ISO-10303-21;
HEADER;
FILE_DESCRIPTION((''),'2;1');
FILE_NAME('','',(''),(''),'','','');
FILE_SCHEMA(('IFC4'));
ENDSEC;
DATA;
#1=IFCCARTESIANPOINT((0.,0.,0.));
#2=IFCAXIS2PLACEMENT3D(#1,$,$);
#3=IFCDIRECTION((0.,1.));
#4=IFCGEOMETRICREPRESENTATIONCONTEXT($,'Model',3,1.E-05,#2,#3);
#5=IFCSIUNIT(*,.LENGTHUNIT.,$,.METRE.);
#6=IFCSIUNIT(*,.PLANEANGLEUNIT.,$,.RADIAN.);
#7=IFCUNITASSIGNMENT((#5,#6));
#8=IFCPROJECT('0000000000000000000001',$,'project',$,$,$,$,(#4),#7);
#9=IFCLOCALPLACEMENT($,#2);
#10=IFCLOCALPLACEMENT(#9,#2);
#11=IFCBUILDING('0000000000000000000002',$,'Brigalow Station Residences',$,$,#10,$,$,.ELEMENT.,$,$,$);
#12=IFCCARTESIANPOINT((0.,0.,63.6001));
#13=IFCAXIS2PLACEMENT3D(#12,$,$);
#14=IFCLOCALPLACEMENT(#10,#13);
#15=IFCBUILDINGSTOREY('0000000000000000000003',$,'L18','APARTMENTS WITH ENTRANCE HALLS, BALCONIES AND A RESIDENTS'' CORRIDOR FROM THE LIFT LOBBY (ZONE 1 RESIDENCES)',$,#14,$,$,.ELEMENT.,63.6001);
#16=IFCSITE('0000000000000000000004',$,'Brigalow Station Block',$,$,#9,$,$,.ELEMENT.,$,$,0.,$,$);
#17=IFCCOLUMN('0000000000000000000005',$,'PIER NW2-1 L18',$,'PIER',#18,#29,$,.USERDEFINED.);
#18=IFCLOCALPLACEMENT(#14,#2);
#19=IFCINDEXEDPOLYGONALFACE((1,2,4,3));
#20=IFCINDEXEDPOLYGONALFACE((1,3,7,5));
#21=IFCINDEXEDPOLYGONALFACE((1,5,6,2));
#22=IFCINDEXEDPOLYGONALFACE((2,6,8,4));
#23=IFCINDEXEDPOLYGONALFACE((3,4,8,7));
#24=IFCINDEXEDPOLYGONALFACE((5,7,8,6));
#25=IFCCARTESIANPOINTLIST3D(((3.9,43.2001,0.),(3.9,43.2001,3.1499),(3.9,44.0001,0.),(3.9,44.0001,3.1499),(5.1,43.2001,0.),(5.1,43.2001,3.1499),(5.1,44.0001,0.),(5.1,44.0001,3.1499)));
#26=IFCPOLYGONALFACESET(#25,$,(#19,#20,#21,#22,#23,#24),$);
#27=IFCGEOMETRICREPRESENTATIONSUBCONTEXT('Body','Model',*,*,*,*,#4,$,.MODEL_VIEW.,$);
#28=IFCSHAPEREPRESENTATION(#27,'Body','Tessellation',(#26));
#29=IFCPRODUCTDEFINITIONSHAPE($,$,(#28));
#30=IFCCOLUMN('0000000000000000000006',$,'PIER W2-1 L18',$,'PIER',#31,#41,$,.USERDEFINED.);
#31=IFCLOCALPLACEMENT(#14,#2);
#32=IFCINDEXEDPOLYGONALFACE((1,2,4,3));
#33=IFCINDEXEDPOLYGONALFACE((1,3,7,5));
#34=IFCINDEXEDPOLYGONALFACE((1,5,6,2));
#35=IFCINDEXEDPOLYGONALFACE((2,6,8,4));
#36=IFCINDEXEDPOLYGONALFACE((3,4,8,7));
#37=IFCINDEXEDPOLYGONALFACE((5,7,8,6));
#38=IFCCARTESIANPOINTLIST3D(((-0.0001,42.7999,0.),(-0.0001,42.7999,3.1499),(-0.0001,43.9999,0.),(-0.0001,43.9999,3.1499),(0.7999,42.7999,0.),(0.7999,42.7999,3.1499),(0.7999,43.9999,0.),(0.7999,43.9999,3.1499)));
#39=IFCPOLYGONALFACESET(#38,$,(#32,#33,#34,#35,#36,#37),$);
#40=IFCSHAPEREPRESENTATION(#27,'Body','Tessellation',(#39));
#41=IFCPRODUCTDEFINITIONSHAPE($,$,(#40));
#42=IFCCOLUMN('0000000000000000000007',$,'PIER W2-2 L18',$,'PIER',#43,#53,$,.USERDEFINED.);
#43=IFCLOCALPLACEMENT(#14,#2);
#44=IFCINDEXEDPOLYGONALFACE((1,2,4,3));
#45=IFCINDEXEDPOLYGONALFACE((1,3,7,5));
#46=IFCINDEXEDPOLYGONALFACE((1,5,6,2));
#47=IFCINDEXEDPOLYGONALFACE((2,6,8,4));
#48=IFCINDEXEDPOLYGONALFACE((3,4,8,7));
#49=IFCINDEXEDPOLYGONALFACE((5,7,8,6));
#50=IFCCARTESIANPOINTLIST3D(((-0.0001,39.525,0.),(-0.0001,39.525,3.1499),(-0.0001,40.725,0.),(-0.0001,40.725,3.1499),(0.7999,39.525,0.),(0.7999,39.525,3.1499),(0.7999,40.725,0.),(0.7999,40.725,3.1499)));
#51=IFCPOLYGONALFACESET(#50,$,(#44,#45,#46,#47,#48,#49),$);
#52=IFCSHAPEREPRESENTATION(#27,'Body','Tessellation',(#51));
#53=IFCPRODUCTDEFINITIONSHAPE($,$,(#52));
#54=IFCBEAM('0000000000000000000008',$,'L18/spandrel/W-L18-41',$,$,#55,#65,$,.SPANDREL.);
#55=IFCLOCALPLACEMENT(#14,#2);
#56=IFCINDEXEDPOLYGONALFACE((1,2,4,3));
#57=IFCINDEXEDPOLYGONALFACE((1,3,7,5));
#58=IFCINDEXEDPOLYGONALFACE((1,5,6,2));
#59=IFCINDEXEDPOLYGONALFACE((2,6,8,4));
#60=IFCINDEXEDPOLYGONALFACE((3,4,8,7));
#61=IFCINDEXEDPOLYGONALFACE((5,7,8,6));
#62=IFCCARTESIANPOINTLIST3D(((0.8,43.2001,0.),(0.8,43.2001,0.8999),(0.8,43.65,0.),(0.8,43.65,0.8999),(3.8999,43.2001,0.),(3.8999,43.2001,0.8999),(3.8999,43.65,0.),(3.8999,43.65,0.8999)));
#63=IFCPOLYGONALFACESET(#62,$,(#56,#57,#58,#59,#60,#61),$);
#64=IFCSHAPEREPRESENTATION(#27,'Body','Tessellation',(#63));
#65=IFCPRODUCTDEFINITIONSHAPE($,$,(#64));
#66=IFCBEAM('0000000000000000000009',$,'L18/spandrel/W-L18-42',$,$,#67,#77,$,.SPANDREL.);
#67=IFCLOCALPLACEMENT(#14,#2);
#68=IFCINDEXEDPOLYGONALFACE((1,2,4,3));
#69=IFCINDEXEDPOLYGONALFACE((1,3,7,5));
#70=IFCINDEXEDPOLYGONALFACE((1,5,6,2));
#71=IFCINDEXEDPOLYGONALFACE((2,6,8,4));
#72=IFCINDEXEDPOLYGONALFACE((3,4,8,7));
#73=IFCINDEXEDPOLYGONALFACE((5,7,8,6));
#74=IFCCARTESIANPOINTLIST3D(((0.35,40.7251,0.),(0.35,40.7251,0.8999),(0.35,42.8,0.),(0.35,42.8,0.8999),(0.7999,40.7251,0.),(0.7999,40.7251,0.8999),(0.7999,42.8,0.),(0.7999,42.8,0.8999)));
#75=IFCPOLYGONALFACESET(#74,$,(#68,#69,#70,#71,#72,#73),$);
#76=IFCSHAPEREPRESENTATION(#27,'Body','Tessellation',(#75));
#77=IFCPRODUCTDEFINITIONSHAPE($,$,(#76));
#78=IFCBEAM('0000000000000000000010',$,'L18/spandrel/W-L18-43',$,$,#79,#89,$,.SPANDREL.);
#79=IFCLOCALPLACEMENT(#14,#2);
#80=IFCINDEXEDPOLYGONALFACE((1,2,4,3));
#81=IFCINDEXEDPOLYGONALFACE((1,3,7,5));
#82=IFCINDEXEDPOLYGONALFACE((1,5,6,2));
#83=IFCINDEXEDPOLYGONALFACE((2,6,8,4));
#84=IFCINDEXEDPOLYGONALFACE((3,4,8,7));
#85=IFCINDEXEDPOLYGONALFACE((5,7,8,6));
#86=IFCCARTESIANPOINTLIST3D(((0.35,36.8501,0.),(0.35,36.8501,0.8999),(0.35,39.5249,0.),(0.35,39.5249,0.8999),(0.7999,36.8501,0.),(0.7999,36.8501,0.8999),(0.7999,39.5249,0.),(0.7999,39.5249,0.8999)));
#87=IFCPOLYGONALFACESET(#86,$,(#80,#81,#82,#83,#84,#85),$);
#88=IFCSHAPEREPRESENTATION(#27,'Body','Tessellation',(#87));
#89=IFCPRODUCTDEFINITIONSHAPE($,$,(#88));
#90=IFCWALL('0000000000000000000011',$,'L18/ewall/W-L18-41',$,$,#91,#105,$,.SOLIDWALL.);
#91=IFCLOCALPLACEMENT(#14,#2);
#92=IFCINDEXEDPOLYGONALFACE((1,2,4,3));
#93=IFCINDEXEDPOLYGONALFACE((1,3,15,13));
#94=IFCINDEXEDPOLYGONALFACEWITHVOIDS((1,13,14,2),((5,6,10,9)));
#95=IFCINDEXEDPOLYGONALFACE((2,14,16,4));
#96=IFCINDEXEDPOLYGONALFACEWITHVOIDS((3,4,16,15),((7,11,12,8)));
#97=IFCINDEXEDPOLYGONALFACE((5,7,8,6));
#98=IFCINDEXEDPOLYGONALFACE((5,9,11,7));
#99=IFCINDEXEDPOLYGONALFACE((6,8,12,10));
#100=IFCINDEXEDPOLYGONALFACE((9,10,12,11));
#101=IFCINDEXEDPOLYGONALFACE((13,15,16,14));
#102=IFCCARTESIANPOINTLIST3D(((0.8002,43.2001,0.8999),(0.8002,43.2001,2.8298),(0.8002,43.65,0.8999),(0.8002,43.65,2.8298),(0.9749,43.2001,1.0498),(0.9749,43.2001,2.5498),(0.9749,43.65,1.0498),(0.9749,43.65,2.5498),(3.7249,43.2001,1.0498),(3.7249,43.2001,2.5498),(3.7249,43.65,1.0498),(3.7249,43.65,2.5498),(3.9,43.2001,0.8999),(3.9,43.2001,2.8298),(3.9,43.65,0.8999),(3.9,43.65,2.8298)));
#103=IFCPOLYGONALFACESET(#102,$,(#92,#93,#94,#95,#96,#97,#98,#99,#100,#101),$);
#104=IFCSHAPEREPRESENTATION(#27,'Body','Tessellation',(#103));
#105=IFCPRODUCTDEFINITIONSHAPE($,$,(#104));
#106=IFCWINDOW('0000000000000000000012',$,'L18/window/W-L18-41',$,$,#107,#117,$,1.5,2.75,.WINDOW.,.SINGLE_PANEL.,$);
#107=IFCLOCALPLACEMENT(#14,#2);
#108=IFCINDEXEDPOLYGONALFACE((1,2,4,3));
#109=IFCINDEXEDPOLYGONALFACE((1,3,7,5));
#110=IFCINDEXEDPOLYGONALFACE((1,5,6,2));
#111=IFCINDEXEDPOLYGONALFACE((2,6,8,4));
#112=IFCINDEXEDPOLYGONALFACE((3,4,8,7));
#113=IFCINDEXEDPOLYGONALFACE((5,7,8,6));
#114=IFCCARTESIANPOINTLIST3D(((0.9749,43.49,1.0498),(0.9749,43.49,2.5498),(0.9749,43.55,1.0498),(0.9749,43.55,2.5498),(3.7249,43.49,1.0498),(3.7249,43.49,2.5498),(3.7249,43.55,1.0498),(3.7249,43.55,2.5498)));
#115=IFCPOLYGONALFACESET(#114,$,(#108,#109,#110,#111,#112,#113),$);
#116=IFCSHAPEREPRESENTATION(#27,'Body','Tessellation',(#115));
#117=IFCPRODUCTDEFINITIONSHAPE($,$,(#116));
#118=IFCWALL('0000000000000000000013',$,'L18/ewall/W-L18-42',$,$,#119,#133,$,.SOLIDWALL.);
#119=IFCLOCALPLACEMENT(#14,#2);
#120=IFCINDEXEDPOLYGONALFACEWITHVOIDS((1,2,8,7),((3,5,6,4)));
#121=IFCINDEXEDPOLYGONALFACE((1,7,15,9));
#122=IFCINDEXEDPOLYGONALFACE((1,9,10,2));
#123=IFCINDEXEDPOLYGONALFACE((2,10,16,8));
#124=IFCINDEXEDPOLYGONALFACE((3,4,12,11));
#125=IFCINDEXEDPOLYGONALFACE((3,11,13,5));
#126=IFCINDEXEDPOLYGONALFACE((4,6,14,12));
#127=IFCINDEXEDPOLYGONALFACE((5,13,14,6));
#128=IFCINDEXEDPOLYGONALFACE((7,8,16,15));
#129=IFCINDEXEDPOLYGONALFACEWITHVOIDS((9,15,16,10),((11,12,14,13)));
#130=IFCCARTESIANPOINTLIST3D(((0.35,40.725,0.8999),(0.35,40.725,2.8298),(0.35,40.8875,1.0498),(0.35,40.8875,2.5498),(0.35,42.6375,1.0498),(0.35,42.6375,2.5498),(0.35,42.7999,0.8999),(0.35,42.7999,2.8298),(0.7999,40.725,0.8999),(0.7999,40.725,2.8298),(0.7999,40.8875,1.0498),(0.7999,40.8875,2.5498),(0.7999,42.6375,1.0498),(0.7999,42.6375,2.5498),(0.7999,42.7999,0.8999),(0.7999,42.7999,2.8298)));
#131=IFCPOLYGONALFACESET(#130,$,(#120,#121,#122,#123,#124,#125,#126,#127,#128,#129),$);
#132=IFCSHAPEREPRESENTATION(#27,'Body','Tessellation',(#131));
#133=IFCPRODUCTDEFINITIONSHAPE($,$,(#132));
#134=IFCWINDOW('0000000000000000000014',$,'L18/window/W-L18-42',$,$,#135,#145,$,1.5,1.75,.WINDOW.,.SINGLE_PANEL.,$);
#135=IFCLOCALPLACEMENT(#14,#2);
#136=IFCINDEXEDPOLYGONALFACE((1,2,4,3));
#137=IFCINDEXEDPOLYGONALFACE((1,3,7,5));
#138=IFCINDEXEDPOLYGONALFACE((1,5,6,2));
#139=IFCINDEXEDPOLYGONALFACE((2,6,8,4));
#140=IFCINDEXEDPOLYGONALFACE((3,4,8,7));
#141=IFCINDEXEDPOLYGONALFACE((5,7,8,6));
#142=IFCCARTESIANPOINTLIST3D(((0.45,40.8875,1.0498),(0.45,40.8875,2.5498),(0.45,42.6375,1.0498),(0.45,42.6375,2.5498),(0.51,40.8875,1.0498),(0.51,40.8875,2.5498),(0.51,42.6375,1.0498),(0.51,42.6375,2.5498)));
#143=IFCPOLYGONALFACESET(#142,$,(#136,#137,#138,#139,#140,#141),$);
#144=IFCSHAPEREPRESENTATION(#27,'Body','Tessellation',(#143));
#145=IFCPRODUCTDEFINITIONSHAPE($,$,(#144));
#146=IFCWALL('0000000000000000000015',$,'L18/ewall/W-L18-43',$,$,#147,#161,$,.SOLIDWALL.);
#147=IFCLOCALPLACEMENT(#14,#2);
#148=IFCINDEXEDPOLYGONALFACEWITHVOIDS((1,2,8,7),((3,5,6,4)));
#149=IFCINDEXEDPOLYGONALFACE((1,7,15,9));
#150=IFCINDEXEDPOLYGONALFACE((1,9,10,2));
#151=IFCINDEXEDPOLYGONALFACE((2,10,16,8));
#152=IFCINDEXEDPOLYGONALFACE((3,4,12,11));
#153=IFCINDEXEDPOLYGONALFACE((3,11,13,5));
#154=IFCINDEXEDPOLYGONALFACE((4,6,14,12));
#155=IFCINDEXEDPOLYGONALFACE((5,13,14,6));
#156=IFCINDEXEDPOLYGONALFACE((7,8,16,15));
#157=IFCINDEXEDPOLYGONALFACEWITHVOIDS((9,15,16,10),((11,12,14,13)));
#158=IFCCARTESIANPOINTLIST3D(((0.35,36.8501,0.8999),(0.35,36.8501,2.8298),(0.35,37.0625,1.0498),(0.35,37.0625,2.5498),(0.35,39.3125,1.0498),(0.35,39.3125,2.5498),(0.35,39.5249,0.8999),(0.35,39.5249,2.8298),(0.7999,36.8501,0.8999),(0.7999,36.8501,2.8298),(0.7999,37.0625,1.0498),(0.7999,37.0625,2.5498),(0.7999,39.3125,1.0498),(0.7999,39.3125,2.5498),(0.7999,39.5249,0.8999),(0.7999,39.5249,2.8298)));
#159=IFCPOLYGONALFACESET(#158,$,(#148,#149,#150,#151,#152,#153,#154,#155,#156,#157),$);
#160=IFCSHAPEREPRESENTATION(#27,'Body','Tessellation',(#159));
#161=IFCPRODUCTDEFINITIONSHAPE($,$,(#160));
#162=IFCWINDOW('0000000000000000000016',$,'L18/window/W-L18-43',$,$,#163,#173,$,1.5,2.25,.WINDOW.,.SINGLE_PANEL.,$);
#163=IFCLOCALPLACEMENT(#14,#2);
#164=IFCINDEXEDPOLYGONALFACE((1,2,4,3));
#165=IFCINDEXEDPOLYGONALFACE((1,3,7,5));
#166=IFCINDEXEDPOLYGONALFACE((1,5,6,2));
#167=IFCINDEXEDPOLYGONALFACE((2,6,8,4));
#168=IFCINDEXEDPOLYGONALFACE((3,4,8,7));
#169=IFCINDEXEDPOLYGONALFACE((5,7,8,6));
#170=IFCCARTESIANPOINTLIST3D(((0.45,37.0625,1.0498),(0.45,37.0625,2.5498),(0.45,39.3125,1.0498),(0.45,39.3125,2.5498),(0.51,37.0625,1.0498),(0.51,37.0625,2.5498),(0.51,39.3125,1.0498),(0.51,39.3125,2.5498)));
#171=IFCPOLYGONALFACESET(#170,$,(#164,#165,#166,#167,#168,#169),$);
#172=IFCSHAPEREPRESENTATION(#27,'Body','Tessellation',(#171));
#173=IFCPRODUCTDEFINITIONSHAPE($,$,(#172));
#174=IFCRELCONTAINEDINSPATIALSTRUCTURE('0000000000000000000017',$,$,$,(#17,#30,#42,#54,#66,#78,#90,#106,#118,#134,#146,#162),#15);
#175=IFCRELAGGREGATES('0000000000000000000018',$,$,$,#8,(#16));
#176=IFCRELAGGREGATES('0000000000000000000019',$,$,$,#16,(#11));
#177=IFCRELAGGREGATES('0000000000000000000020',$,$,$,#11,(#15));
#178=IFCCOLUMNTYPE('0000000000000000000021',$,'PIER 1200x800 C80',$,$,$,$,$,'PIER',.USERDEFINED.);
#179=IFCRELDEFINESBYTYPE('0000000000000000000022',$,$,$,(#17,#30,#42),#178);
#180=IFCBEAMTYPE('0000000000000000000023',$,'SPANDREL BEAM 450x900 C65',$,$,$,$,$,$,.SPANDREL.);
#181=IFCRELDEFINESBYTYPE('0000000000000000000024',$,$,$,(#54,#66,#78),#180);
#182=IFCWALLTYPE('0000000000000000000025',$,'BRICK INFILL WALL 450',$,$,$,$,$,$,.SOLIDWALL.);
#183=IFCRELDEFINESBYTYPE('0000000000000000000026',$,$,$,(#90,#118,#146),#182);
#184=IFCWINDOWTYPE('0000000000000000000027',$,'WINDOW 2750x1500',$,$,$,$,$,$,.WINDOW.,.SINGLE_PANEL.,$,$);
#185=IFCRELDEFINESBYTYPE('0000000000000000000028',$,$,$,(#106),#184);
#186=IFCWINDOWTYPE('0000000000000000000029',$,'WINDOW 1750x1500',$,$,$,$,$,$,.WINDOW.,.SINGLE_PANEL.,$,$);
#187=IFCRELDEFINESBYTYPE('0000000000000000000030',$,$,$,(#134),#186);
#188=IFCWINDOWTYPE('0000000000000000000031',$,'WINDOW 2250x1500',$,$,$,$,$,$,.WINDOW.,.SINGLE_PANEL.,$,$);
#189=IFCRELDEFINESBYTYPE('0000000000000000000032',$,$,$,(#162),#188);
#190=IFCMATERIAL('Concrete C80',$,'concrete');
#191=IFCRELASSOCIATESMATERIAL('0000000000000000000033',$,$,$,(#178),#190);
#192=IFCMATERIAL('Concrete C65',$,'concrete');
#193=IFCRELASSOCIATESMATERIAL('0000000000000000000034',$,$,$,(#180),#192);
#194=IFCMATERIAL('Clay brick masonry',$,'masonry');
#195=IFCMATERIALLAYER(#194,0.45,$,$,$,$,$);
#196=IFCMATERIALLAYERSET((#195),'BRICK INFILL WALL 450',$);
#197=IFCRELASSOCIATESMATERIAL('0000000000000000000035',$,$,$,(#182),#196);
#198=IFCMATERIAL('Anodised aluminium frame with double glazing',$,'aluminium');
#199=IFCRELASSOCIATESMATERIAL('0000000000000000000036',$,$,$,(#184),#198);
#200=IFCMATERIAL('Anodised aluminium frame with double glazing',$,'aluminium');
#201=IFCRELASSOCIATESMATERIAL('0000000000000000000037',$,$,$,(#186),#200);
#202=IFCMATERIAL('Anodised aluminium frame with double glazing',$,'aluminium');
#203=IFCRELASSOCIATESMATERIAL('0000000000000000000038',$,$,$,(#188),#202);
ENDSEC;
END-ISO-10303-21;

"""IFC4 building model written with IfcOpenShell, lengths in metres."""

from ifc_helpers import new_model, si_unit, direction, frame, frame_2d, origin, origin_2d, place, context, subcontext, project, spatial, rectangle, extrude, material, layer, layer_set, material_profile, profile_set, type_object, element, fill, save


model = new_model("IFC4")

# Units and contexts
model_context = context("Model", 3, precision=1e-05, world=origin(), true_north=direction((0.0, 1.0)))
body_context = subcontext(model_context, "Body", "Model", "MODEL_VIEW")
ifc_project = project(units=[si_unit("LENGTHUNIT", "METRE"), si_unit("PLANEANGLEUNIT", "RADIAN")], contexts=[model_context])

# Site, building, storey
site_placement = place(None, origin())
site = spatial("IfcSite", under=ifc_project, at=site_placement, Name="Brigalow Station Block", CompositionType="ELEMENT", RefElevation=0.0)
building_placement = place(site_placement, origin())
building = spatial("IfcBuilding", under=site, at=building_placement, Name="Brigalow Station Residences", CompositionType="ELEMENT")
storey_placement = place(building_placement, frame((0.0, 0.0, 63.6001)))
storey = spatial("IfcBuildingStorey", under=building, at=storey_placement, Name="L18", Description="APARTMENTS WITH ENTRANCE HALLS, BALCONIES AND A RESIDENTS' CORRIDOR FROM THE LIFT LOBBY (ZONE 1 RESIDENCES)", CompositionType="ELEMENT", Elevation=63.6001)

# Columns
ifc_material_1 = material(Name="Concrete C80", Category="concrete")
ifc_material_profile_1 = material_profile(ifc_material_1, rectangle(XDim=1.2, YDim=0.8, at=origin_2d()), Name="RC1200x800")
ifc_profile_set_1 = profile_set([ifc_material_profile_1], Name="Concrete C80")
column_type = type_object("IfcColumnType", Name="PIER 1200x800 C80", ElementType="PIER", PredefinedType="USERDEFINED", material=ifc_profile_set_1)
for number, where, z_axis, x_axis, name in (
    (1, (4.5, 43.6001, 0.0), (0.0, 0.0, 1.0), (-1.0, 0.0, 0.0), "PIER NW2-1 L18"),
    (2, (0.3999, 43.3999, 0.0), (0.0, 0.0, 1.0), (0.0, -1.0, 0.0), "PIER W2-1 L18"),
    (3, (0.3999, 40.125, 0.0), (0.0, 0.0, 1.0), (0.0, -1.0, 0.0), "PIER W2-2 L18"),
):
    element("IfcColumn", number, at=place(storey_placement, frame(where, z_axis=z_axis, x_axis=x_axis)), inside=storey, type_object=column_type, Name=name, ObjectType="PIER", PredefinedType="USERDEFINED", context=body_context, shape_type="SweptSolid", body=[
        extrude(rectangle(XDim=1.2, YDim=0.8, at=origin_2d()), origin(), (0.0, 0.0, 1.0), 3.1499),
    ])

# Beams
ifc_material_2 = material(Name="Concrete C65", Category="concrete")
ifc_material_profile_2 = material_profile(ifc_material_2, rectangle(XDim=0.45, YDim=0.8999, at=origin_2d()), Name="RC450x900")
ifc_profile_set_2 = profile_set([ifc_material_profile_2], Name="Concrete C65")
beam_type = type_object("IfcBeamType", Name="SPANDREL BEAM 450x900 C65", PredefinedType="SPANDREL", material=ifc_profile_set_2)
beam_1_placement = place(storey_placement, frame((3.8999, 43.425, 0.45), z_axis=(-1.0, 0.0, 0.0), x_axis=(0.0, -1.0, 0.0)))
element("IfcBeam", 4, at=beam_1_placement, inside=storey, type_object=beam_type, Name="L18/spandrel/W-L18-41", PredefinedType="SPANDREL", context=body_context, shape_type="SweptSolid", body=[
    extrude(rectangle(XDim=0.45, YDim=0.8999, at=origin_2d()), origin(), (0.0, 0.0, 1.0), 3.0999),
])
beam_2_placement = place(storey_placement, frame((0.575, 42.8, 0.45), z_axis=(0.0, -1.0, 0.0), x_axis=(1.0, 0.0, 0.0)))
element("IfcBeam", 5, at=beam_2_placement, inside=storey, type_object=beam_type, Name="L18/spandrel/W-L18-42", PredefinedType="SPANDREL", context=body_context, shape_type="SweptSolid", body=[
    extrude(rectangle(XDim=0.45, YDim=0.8999, at=origin_2d()), origin(), (0.0, 0.0, 1.0), 2.075),
])
beam_3_placement = place(storey_placement, frame((0.575, 39.5249, 0.45), z_axis=(0.0, -1.0, 0.0), x_axis=(1.0, 0.0, 0.0)))
element("IfcBeam", 6, at=beam_3_placement, inside=storey, type_object=beam_type, Name="L18/spandrel/W-L18-43", PredefinedType="SPANDREL", context=body_context, shape_type="SweptSolid", body=[
    extrude(rectangle(XDim=0.45, YDim=0.8999, at=origin_2d()), origin(), (0.0, 0.0, 1.0), 2.6748),
])

# Walls, openings, windows
ifc_material_3 = material(Name="Clay brick masonry", Category="masonry")
ifc_layer_1 = layer(ifc_material_3, 0.45)
ifc_layer_set_1 = layer_set([ifc_layer_1], Name="BRICK INFILL WALL 450")
wall_type_1 = type_object("IfcWallType", Name="BRICK INFILL WALL 450", PredefinedType="SOLIDWALL", material=ifc_layer_set_1)
wall_1_placement = place(storey_placement, frame((3.8999, 43.425, 0.8999), z_axis=(0.0, 0.0, 1.0), x_axis=(-1.0, 0.0, 0.0)))
wall_1 = element("IfcWall", 7, at=wall_1_placement, inside=storey, type_object=wall_type_1, Name="L18/ewall/W-L18-41", PredefinedType="SOLIDWALL", context=body_context, shape_type="SweptSolid", body=[
    extrude(rectangle(XDim=3.0999, YDim=0.45, at=frame_2d((1.5498, 0.0))), origin(), (0.0, 0.0, 1.0), 1.9299),
])
opening_1_placement = place(wall_1_placement, frame((0.175, 0.0, 0.1499)))
opening_1 = element("IfcOpeningElement", 8, at=opening_1_placement, cuts=wall_1, PredefinedType="OPENING", context=body_context, shape_type="SweptSolid", body=[
    extrude(rectangle(XDim=2.75, YDim=1.5, at=frame_2d((1.375, 0.75))), frame((0.0, 0.2349, 0.0), z_axis=(0.0, -1.0, 0.0), x_axis=(1.0, 0.0, 0.0)), (0.0, 0.0, 1.0), 0.47),
])
ifc_material_4 = material(Name="Anodised aluminium frame with double glazing", Category="aluminium")
window_type_1 = type_object("IfcWindowType", Name="WINDOW 2750x1500", PartitioningType="SINGLE_PANEL", PredefinedType="WINDOW", material=ifc_material_4)
window_1_placement = place(opening_1_placement, origin())
window_1 = element("IfcWindow", 9, at=window_1_placement, inside=storey, type_object=window_type_1, Name="L18/window/W-L18-41", OverallHeight=1.5, OverallWidth=2.75, PartitioningType="SINGLE_PANEL", PredefinedType="WINDOW", context=body_context, shape_type="SweptSolid", body=[
    extrude(rectangle(XDim=2.75, YDim=1.5, at=frame_2d((1.375, 0.75))), frame((0.0, -0.0649, 0.0), z_axis=(0.0, -1.0, 0.0), x_axis=(1.0, 0.0, 0.0)), (0.0, 0.0, 1.0), 0.0601),
])
fill(opening_1, window_1)
wall_2_placement = place(storey_placement, frame((0.575, 42.8, 0.8999), z_axis=(0.0, 0.0, 1.0), x_axis=(0.0, -1.0, 0.0)))
wall_2 = element("IfcWall", 10, at=wall_2_placement, inside=storey, type_object=wall_type_1, Name="L18/ewall/W-L18-42", PredefinedType="SOLIDWALL", context=body_context, shape_type="SweptSolid", body=[
    extrude(rectangle(XDim=2.075, YDim=0.45, at=frame_2d((1.0376, 0.0))), origin(), (0.0, 0.0, 1.0), 1.9299),
])
opening_2_placement = place(wall_2_placement, frame((0.1626, 0.0, 0.1499)))
opening_2 = element("IfcOpeningElement", 11, at=opening_2_placement, cuts=wall_2, PredefinedType="OPENING", context=body_context, shape_type="SweptSolid", body=[
    extrude(rectangle(XDim=1.75, YDim=1.5, at=frame_2d((0.875, 0.75))), frame((0.0, 0.2349, 0.0), z_axis=(0.0, -1.0, 0.0), x_axis=(1.0, 0.0, 0.0)), (0.0, 0.0, 1.0), 0.47),
])
ifc_material_5 = material(Name="Anodised aluminium frame with double glazing", Category="aluminium")
window_type_2 = type_object("IfcWindowType", Name="WINDOW 1750x1500", PartitioningType="SINGLE_PANEL", PredefinedType="WINDOW", material=ifc_material_5)
window_2_placement = place(opening_2_placement, origin())
window_2 = element("IfcWindow", 12, at=window_2_placement, inside=storey, type_object=window_type_2, Name="L18/window/W-L18-42", OverallHeight=1.5, OverallWidth=1.75, PartitioningType="SINGLE_PANEL", PredefinedType="WINDOW", context=body_context, shape_type="SweptSolid", body=[
    extrude(rectangle(XDim=1.75, YDim=1.5, at=frame_2d((0.875, 0.75))), frame((0.0, -0.0649, 0.0), z_axis=(0.0, -1.0, 0.0), x_axis=(1.0, 0.0, 0.0)), (0.0, 0.0, 1.0), 0.0601),
])
fill(opening_2, window_2)
wall_3_placement = place(storey_placement, frame((0.575, 39.5249, 0.8999), z_axis=(0.0, 0.0, 1.0), x_axis=(0.0, -1.0, 0.0)))
wall_3 = element("IfcWall", 13, at=wall_3_placement, inside=storey, type_object=wall_type_1, Name="L18/ewall/W-L18-43", PredefinedType="SOLIDWALL", context=body_context, shape_type="SweptSolid", body=[
    extrude(rectangle(XDim=2.6748, YDim=0.45, at=frame_2d((1.3374, 0.0))), origin(), (0.0, 0.0, 1.0), 1.9299),
])
opening_3_placement = place(wall_3_placement, frame((0.2124, 0.0, 0.1499)))
opening_3 = element("IfcOpeningElement", 14, at=opening_3_placement, cuts=wall_3, PredefinedType="OPENING", context=body_context, shape_type="SweptSolid", body=[
    extrude(rectangle(XDim=2.25, YDim=1.5, at=frame_2d((1.125, 0.75))), frame((0.0, 0.2349, 0.0), z_axis=(0.0, -1.0, 0.0), x_axis=(1.0, 0.0, 0.0)), (0.0, 0.0, 1.0), 0.47),
])
ifc_material_6 = material(Name="Anodised aluminium frame with double glazing", Category="aluminium")
window_type_3 = type_object("IfcWindowType", Name="WINDOW 2250x1500", PartitioningType="SINGLE_PANEL", PredefinedType="WINDOW", material=ifc_material_6)
window_3_placement = place(opening_3_placement, origin())
window_3 = element("IfcWindow", 15, at=window_3_placement, inside=storey, type_object=window_type_3, Name="L18/window/W-L18-43", OverallHeight=1.5, OverallWidth=2.25, PartitioningType="SINGLE_PANEL", PredefinedType="WINDOW", context=body_context, shape_type="SweptSolid", body=[
    extrude(rectangle(XDim=2.25, YDim=1.5, at=frame_2d((1.125, 0.75))), frame((0.0, -0.0649, 0.0), z_axis=(0.0, -1.0, 0.0), x_axis=(1.0, 0.0, 0.0)), (0.0, 0.0, 1.0), 0.0601),
])
fill(opening_3, window_3)

save(model, "model.ifc")
